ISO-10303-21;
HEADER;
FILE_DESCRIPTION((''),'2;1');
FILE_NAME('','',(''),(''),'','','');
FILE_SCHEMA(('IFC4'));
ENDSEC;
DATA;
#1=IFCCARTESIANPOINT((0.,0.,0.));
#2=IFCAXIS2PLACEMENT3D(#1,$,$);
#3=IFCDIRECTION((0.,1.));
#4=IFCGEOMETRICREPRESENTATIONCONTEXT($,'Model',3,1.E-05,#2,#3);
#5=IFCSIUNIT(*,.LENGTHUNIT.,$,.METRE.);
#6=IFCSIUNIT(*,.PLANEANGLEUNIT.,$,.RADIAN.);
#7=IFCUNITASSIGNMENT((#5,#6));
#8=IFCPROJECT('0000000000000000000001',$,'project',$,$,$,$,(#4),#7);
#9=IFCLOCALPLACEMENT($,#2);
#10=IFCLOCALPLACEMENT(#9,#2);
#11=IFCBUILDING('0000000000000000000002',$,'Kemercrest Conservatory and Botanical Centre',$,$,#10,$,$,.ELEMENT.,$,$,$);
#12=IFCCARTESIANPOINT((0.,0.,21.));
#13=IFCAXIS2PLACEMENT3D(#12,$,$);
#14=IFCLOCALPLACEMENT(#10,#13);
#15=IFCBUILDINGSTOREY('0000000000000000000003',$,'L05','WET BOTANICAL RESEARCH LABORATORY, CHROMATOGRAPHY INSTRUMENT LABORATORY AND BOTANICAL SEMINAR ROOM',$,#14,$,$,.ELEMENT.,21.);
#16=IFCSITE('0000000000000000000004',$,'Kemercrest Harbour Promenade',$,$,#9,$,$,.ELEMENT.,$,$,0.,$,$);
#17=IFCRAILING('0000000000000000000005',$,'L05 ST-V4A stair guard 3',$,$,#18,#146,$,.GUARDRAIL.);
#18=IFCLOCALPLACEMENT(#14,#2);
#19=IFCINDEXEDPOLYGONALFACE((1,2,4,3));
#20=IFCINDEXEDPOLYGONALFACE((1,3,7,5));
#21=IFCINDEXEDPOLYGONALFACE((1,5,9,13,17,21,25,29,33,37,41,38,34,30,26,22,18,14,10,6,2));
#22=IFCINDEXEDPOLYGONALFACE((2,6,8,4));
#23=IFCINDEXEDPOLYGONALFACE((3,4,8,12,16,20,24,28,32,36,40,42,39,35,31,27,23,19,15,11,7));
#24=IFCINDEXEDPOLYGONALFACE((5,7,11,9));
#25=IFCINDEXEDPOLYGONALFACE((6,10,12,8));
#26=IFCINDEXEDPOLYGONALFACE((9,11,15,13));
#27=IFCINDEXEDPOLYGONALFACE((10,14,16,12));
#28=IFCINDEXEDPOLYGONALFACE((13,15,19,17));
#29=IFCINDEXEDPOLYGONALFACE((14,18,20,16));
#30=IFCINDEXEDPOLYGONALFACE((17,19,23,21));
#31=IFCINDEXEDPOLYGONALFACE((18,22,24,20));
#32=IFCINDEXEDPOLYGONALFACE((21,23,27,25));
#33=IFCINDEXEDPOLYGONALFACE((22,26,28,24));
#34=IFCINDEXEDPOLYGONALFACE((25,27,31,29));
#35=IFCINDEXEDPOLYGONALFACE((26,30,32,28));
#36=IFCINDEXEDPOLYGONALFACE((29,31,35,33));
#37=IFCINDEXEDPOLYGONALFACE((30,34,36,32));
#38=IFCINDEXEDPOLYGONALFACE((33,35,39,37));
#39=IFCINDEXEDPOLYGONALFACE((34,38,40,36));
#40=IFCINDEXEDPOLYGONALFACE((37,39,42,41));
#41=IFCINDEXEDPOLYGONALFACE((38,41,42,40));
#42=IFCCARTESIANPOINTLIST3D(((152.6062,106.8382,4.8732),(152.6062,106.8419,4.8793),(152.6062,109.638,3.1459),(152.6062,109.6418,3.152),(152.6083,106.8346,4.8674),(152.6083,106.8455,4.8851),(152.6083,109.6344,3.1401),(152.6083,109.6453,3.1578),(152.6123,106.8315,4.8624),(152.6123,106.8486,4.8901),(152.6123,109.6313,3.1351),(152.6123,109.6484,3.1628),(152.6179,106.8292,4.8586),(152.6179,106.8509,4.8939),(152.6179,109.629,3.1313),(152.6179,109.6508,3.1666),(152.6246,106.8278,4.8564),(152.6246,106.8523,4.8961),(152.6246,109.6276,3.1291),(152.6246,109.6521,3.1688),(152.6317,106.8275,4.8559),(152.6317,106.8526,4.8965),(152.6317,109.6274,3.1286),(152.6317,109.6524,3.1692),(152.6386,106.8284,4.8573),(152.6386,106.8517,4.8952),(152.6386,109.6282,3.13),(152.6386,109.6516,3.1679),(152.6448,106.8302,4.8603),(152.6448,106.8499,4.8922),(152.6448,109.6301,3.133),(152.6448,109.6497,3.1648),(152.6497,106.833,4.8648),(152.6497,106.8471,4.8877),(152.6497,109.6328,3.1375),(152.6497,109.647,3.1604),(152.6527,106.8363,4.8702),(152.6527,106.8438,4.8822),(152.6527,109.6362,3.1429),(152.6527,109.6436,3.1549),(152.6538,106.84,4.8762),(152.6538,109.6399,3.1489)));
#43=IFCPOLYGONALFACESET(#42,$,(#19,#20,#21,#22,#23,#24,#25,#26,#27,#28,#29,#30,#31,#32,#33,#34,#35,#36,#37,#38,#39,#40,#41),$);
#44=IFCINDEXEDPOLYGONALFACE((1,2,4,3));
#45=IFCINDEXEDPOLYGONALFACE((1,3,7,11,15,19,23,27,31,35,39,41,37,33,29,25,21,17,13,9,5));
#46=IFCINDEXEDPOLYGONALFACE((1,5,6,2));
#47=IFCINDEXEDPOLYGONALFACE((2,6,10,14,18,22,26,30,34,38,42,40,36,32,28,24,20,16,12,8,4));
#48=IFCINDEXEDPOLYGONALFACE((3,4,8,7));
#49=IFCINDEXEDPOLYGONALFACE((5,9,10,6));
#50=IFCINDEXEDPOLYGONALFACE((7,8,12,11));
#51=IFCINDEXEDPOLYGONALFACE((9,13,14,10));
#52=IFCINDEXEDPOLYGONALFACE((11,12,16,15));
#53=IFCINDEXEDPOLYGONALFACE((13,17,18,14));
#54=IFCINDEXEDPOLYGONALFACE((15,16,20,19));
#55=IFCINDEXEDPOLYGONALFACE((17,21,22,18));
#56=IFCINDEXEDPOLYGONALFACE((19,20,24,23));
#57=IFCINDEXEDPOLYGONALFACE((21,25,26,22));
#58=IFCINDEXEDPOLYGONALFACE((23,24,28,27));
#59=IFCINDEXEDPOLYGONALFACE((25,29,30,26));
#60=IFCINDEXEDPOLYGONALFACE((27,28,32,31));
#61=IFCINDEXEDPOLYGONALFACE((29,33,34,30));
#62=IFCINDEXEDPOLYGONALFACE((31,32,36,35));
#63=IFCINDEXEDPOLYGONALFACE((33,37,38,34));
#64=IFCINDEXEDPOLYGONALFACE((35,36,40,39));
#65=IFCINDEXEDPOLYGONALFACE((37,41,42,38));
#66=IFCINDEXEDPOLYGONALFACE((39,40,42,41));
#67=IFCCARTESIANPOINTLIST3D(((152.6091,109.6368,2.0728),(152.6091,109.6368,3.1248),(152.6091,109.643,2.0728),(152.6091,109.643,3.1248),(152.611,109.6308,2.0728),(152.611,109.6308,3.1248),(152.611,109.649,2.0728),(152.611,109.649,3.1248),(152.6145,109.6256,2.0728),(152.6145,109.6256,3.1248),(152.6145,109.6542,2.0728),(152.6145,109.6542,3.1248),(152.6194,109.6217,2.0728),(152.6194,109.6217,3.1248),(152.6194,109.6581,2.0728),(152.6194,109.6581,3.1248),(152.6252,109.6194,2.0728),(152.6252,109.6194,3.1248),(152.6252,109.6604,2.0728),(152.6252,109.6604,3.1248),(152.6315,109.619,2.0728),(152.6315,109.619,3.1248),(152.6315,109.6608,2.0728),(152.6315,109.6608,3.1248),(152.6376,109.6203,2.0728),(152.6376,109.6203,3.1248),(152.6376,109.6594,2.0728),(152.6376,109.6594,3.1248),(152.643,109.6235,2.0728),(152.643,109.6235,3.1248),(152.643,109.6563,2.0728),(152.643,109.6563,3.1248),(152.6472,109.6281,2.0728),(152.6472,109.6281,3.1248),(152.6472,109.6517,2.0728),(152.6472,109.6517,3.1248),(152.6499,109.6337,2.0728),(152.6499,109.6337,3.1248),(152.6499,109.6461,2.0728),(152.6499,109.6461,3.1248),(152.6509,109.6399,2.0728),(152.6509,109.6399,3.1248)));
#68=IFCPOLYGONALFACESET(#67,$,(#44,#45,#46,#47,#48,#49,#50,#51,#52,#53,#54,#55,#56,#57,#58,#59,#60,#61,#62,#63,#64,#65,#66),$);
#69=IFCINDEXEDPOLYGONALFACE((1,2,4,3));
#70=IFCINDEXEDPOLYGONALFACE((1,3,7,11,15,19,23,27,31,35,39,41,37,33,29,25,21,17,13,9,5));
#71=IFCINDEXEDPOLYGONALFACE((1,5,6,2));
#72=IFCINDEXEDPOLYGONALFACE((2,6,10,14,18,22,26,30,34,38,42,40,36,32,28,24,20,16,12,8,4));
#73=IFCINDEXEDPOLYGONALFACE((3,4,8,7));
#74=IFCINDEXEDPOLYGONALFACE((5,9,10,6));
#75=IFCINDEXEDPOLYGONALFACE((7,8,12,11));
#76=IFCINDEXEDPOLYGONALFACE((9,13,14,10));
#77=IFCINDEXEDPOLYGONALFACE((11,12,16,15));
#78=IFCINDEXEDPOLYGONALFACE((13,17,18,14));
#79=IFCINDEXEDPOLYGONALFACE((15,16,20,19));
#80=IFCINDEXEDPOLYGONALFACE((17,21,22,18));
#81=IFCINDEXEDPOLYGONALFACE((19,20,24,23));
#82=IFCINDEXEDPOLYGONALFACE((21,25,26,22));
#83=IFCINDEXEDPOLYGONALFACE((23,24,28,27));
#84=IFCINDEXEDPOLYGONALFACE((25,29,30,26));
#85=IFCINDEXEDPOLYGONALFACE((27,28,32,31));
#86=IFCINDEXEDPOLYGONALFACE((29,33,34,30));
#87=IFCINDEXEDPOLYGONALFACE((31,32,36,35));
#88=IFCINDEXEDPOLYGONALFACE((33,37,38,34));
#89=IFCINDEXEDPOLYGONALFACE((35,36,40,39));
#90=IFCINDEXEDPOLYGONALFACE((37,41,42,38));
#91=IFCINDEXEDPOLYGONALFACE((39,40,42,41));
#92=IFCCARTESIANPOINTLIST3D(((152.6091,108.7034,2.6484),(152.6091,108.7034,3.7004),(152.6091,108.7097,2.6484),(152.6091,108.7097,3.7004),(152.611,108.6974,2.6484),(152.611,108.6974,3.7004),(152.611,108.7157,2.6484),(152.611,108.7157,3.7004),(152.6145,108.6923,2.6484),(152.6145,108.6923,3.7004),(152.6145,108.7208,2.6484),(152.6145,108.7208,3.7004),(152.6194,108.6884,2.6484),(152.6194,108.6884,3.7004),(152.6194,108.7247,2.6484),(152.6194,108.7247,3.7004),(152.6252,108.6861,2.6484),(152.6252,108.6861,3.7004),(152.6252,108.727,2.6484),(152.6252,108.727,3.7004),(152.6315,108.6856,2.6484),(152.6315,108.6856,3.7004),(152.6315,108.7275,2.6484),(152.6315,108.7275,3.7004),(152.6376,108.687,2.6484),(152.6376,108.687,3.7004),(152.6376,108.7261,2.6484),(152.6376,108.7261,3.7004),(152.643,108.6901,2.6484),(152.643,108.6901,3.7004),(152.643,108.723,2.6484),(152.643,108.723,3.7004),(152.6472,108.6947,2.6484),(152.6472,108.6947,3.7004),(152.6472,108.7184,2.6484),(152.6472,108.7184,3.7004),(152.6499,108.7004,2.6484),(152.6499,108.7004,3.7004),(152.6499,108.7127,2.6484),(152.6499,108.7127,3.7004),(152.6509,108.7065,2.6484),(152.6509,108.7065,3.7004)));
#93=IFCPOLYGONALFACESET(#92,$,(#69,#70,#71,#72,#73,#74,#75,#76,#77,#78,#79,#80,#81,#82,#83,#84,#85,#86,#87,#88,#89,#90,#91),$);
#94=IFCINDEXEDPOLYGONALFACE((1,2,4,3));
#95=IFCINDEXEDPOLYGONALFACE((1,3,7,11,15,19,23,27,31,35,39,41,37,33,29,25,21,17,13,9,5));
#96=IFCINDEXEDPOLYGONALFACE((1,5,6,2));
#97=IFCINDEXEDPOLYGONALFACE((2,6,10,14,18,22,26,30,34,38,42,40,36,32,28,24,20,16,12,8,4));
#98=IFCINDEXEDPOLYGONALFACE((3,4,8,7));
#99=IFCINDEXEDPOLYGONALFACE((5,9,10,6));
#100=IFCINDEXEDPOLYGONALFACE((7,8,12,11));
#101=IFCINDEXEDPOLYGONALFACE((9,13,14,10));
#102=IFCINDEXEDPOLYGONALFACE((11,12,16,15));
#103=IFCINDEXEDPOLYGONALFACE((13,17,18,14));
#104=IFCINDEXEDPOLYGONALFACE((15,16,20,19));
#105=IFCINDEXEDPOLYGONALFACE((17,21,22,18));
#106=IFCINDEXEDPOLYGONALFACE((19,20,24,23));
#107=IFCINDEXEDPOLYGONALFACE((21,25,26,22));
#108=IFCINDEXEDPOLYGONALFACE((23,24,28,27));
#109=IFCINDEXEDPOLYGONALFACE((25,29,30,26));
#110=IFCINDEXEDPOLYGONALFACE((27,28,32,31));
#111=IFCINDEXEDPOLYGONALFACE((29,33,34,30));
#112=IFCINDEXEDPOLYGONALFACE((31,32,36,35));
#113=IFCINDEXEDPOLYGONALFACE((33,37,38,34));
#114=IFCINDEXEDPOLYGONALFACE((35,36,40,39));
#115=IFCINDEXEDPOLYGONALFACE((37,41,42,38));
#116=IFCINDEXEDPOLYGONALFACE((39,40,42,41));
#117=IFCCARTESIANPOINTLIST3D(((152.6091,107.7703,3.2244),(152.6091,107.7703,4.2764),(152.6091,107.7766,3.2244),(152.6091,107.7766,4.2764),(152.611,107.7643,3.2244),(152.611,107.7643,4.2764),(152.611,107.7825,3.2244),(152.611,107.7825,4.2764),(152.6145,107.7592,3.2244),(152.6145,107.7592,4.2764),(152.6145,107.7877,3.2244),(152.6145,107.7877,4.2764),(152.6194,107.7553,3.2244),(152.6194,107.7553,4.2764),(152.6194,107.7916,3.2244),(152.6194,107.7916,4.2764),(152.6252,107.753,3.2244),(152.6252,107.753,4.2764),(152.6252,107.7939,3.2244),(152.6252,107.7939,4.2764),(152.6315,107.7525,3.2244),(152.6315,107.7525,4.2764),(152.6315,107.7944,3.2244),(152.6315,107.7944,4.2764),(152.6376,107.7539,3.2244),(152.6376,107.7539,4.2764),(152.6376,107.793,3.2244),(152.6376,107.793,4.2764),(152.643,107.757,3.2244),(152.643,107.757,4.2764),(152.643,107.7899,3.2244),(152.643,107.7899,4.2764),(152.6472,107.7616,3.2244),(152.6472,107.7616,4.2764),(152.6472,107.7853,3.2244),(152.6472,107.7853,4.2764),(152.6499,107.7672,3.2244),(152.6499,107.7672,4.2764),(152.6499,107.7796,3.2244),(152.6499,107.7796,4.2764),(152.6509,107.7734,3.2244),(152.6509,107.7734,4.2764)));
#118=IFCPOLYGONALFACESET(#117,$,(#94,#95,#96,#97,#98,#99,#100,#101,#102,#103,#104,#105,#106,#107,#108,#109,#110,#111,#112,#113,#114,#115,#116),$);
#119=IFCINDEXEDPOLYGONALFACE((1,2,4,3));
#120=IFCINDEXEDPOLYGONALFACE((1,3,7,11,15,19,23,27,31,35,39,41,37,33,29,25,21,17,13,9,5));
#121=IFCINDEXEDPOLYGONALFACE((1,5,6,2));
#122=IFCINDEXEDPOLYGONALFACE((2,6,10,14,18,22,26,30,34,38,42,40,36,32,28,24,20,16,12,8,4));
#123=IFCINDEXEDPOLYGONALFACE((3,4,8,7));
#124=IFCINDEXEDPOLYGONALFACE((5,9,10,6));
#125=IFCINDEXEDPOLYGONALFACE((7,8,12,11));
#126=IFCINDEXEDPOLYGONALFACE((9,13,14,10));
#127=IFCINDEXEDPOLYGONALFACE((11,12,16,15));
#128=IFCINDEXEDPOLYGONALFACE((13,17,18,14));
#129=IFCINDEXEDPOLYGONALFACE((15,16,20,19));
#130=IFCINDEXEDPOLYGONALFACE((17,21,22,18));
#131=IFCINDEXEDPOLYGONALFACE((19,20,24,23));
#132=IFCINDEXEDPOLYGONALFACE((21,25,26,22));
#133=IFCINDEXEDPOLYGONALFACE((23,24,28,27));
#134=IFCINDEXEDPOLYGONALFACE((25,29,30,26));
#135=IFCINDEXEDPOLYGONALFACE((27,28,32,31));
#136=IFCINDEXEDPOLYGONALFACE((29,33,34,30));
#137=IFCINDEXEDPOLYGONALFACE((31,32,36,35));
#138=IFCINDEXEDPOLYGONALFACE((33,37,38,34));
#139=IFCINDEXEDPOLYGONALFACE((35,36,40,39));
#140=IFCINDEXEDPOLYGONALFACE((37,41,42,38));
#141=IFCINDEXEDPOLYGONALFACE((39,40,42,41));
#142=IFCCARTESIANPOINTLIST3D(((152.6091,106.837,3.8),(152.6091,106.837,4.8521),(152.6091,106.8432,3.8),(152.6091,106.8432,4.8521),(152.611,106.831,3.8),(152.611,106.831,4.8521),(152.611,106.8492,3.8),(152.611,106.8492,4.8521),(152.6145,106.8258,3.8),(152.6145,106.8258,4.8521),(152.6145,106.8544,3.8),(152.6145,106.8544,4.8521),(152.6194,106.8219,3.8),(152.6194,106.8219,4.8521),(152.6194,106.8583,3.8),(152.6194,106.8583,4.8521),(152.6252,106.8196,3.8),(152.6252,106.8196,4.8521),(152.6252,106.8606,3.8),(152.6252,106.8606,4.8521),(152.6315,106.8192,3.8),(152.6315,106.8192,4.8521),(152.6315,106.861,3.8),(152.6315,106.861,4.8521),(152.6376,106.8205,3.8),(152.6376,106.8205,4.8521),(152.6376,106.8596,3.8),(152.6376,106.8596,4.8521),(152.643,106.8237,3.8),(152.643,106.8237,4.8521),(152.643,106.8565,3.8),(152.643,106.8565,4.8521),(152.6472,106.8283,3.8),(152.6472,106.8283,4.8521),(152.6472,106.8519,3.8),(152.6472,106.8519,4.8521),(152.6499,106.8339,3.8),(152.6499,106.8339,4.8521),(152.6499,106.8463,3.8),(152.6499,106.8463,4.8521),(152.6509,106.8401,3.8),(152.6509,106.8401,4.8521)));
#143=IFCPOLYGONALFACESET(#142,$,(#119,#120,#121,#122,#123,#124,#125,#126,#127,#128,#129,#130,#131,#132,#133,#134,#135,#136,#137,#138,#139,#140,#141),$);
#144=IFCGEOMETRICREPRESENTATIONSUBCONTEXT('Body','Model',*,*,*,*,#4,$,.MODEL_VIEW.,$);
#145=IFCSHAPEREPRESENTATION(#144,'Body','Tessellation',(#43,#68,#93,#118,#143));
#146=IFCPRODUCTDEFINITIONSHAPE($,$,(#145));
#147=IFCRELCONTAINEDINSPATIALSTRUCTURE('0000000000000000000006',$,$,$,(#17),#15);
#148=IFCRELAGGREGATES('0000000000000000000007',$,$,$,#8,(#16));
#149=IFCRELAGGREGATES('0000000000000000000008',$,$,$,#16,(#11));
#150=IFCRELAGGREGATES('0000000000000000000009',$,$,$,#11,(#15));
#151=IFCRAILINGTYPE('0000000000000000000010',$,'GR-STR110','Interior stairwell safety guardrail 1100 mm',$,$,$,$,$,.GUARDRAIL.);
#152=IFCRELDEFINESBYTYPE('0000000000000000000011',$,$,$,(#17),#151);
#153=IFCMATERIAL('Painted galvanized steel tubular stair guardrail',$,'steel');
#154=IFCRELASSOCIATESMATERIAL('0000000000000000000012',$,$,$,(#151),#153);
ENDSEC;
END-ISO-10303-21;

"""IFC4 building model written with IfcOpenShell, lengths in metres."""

from ifc_helpers import new_model, si_unit, direction, frame, origin, origin_2d, place, context, subcontext, project, spatial, circle, extrude, material, type_object, element, save


model = new_model("IFC4")

# Units and contexts
model_context = context("Model", 3, precision=1e-05, world=origin(), true_north=direction((0.0, 1.0)))
body_context = subcontext(model_context, "Body", "Model", "MODEL_VIEW")
ifc_project = project(units=[si_unit("LENGTHUNIT", "METRE"), si_unit("PLANEANGLEUNIT", "RADIAN")], contexts=[model_context])

# Site, building, storey
site_placement = place(None, origin())
site = spatial("IfcSite", under=ifc_project, at=site_placement, Name="Kemercrest Harbour Promenade", CompositionType="ELEMENT", RefElevation=0.0)
building_placement = place(site_placement, origin())
building = spatial("IfcBuilding", under=site, at=building_placement, Name="Kemercrest Conservatory and Botanical Centre", CompositionType="ELEMENT")
storey_placement = place(building_placement, frame((0.0, 0.0, 21.0)))
storey = spatial("IfcBuildingStorey", under=building, at=storey_placement, Name="L05", Description="WET BOTANICAL RESEARCH LABORATORY, CHROMATOGRAPHY INSTRUMENT LABORATORY AND BOTANICAL SEMINAR ROOM", CompositionType="ELEMENT", Elevation=21.0)

# Railing
ifc_material_1 = material(Name="Painted galvanized steel tubular stair guardrail", Category="steel")
railing_type_1 = type_object("IfcRailingType", Name="GR-STR110", Description="Interior stairwell safety guardrail 1100 mm", PredefinedType="GUARDRAIL", material=ifc_material_1)
railing_1_placement = place(storey_placement, frame((152.6299, 109.6399, 2.0728)))
element("IfcRailing", 1, at=railing_1_placement, inside=storey, type_object=railing_type_1, Name="L05 ST-V4A stair guard 3", PredefinedType="GUARDRAIL", context=body_context, shape_type="SweptSolid", body=[
    extrude(circle(Radius=0.0239, at=origin_2d()), frame((0.0, 0.0, 1.0762), z_axis=(0.0, -0.851069, 0.525054), x_axis=(1.0, 0.0, 0.0)), (0.0, 0.0, 1.0), 3.2898),
    extrude(circle(Radius=0.021, at=origin_2d()), origin(), (0.0, 0.0, 1.0), 1.052),
    extrude(circle(Radius=0.021, at=origin_2d()), frame((0.0, -0.9333, 0.5757)), (0.0, 0.0, 1.0), 1.052),
    extrude(circle(Radius=0.021, at=origin_2d()), frame((0.0, -1.8665, 1.1516)), (0.0, 0.0, 1.0), 1.052),
    extrude(circle(Radius=0.021, at=origin_2d()), frame((0.0, -2.7998, 1.7273)), (0.0, 0.0, 1.0), 1.052),
])

save(model, "model.ifc")
